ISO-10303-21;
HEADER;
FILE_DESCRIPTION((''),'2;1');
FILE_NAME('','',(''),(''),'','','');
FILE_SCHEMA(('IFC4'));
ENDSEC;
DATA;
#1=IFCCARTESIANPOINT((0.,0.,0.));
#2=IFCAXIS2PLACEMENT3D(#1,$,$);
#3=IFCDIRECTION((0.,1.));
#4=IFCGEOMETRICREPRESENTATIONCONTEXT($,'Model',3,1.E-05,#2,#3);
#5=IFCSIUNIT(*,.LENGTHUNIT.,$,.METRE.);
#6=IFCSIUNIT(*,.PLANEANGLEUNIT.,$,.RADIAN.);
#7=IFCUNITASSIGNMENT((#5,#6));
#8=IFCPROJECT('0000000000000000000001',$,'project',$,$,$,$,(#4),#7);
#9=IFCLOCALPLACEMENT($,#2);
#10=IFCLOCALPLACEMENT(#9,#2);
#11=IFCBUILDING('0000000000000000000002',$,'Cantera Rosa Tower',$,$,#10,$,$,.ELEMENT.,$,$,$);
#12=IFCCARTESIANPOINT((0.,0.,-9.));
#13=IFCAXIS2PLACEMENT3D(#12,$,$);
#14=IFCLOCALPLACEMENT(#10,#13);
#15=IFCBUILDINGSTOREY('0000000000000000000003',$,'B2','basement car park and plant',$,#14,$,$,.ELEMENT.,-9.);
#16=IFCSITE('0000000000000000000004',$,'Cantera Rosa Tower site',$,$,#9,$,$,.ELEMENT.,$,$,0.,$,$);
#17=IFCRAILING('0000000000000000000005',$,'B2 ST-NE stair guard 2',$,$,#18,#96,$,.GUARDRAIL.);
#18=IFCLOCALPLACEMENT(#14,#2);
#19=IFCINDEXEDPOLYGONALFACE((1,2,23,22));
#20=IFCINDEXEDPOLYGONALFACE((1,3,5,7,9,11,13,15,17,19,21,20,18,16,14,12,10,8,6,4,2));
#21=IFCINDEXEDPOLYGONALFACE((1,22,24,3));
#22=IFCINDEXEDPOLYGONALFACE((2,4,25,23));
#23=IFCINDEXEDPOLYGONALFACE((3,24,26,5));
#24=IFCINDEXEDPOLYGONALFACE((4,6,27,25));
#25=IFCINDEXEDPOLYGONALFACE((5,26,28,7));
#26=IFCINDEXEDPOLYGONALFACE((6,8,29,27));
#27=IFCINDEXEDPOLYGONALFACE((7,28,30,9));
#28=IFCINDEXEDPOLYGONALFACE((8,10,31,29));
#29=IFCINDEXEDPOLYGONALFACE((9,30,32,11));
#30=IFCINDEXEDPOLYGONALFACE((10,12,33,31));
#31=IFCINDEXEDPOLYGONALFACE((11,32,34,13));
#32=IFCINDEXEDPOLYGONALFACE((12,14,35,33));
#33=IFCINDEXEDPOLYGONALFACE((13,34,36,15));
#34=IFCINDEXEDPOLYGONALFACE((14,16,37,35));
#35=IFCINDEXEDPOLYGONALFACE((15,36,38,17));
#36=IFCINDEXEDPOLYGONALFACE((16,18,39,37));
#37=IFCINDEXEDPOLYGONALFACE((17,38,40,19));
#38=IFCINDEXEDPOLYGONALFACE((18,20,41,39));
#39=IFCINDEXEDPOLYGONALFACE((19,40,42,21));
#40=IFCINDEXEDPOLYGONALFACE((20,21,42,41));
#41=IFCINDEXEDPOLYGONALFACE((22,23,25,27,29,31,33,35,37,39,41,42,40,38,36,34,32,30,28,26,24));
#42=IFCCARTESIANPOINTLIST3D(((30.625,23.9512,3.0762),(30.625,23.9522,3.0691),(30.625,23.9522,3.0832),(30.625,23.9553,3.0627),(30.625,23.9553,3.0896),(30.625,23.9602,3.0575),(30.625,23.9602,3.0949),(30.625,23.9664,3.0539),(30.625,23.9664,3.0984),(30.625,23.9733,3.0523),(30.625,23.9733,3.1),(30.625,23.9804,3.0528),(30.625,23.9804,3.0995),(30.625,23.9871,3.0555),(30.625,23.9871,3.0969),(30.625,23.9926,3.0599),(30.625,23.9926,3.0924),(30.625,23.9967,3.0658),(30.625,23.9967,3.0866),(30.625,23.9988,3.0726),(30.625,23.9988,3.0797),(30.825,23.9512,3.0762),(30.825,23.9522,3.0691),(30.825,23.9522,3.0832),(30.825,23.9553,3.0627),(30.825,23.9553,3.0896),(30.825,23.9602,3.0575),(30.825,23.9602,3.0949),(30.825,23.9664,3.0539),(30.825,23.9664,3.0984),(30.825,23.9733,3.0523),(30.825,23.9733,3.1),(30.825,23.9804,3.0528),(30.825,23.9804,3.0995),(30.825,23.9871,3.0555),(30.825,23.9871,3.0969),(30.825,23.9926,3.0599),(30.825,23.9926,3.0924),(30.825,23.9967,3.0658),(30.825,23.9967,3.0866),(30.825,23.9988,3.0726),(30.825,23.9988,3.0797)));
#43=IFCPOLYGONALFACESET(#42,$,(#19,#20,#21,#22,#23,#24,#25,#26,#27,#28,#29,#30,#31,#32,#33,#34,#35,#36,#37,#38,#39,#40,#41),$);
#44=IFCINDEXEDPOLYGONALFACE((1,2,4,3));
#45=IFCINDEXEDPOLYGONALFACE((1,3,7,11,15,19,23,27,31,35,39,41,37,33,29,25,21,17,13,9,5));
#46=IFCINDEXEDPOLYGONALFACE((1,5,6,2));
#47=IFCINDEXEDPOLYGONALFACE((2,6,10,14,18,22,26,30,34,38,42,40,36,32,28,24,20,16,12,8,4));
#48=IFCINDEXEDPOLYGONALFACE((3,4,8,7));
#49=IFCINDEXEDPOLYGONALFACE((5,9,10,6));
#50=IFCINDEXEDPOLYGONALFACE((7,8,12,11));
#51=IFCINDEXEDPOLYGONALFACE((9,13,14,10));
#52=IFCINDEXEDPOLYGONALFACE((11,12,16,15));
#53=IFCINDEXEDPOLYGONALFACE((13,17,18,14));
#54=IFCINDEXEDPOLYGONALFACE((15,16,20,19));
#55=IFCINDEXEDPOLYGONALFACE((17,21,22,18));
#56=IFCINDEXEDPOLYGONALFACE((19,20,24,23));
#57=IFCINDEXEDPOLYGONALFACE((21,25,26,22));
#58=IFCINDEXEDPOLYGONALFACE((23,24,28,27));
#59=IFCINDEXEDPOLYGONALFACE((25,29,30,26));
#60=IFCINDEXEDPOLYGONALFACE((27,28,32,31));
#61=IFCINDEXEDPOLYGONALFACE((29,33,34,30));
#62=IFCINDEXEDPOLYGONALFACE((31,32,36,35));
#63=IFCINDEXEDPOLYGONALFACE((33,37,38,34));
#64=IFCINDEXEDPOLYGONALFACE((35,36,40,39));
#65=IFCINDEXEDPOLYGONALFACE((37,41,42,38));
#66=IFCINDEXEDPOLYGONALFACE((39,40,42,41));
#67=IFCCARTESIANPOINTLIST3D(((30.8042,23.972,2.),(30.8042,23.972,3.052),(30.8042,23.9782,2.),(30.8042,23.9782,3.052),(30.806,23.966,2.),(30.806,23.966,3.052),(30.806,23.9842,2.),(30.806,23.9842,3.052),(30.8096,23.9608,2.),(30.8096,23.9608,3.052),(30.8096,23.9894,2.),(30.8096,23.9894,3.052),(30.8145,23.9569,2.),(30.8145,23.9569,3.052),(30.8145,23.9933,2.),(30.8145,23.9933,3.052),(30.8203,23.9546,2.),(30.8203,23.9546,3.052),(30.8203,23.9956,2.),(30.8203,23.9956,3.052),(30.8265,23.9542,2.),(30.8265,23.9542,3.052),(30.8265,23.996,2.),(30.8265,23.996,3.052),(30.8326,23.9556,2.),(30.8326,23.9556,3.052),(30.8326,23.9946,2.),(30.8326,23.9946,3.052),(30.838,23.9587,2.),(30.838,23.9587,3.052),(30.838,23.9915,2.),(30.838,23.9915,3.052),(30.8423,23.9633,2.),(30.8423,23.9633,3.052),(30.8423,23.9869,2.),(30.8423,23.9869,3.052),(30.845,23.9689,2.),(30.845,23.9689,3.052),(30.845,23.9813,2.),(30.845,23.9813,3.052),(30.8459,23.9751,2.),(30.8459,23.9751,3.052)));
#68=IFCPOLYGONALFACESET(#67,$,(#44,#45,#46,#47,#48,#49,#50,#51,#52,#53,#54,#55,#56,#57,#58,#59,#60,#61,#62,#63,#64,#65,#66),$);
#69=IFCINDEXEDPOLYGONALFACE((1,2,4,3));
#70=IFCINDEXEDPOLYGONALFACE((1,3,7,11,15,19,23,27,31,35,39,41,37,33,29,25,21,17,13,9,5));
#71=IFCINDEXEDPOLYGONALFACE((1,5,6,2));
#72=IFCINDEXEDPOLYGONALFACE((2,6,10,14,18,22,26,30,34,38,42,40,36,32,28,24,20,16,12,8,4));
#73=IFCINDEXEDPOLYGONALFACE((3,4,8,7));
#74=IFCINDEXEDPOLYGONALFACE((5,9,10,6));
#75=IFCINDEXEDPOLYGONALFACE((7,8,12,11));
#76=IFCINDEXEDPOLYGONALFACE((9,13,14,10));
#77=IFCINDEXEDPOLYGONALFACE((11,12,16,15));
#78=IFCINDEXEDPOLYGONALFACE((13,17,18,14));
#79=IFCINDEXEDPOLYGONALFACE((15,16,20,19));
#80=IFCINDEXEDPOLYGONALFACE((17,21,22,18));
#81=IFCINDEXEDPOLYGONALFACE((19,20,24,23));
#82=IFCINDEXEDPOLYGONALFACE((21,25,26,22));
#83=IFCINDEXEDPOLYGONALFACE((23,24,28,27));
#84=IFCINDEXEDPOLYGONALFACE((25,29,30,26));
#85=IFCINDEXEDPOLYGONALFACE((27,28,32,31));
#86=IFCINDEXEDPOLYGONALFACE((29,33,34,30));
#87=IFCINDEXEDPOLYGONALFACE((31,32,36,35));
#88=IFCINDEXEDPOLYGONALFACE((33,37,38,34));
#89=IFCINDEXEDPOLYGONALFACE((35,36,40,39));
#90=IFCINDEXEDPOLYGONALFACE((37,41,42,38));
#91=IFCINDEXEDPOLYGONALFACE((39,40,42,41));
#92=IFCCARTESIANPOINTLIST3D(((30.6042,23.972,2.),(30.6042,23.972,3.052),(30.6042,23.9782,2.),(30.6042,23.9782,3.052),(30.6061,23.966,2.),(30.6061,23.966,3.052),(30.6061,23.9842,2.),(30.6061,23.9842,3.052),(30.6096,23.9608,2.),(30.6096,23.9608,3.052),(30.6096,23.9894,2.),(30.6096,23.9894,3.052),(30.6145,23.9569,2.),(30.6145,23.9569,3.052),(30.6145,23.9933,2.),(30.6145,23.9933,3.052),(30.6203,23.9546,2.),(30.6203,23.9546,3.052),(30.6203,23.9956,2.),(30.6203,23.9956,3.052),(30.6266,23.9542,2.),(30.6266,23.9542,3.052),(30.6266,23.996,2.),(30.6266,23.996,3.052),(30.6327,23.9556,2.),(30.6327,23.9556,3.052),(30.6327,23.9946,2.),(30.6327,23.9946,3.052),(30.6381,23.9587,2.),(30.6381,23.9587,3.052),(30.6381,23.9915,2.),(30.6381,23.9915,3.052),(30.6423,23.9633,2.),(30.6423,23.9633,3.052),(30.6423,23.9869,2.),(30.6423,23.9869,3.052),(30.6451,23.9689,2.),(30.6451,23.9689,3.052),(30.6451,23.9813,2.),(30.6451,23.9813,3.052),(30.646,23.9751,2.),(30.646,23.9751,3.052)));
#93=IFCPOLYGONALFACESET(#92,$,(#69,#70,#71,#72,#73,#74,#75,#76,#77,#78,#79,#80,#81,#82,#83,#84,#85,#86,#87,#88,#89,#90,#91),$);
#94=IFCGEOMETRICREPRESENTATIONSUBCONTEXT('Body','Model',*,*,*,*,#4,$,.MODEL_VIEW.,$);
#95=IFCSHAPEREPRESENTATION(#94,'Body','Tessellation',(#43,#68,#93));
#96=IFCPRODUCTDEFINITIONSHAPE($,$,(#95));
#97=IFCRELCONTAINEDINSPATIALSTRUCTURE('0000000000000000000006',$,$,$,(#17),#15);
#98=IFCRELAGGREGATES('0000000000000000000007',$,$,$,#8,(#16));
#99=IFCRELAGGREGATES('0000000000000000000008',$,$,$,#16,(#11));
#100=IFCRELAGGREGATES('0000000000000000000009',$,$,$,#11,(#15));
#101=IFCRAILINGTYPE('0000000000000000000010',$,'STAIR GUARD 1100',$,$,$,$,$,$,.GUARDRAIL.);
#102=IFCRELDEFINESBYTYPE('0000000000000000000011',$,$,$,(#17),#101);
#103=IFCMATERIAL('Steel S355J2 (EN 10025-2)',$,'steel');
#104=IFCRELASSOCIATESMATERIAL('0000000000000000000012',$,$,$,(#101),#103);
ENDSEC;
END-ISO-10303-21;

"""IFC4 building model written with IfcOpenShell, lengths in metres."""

from ifc_helpers import new_model, si_unit, direction, frame, origin, origin_2d, place, context, subcontext, project, spatial, circle, extrude, material, type_object, element, save


model = new_model("IFC4")

# Units and contexts
model_context = context("Model", 3, precision=1e-05, world=origin(), true_north=direction((0.0, 1.0)))
body_context = subcontext(model_context, "Body", "Model", "MODEL_VIEW")
ifc_project = project(units=[si_unit("LENGTHUNIT", "METRE"), si_unit("PLANEANGLEUNIT", "RADIAN")], contexts=[model_context])

# Site, building, storey
site_placement = place(None, origin())
site = spatial("IfcSite", under=ifc_project, at=site_placement, Name="Cantera Rosa Tower site", CompositionType="ELEMENT", RefElevation=0.0)
building_placement = place(site_placement, origin())
building = spatial("IfcBuilding", under=site, at=building_placement, Name="Cantera Rosa Tower", CompositionType="ELEMENT")
storey_placement = place(building_placement, frame((0.0, 0.0, -9.0)))
storey = spatial("IfcBuildingStorey", under=building, at=storey_placement, Name="B2", Description="basement car park and plant", CompositionType="ELEMENT", Elevation=-9.0)

# Railing
ifc_material_1 = material(Name="Steel S355J2 (EN 10025-2)", Category="steel")
railing_type_1 = type_object("IfcRailingType", Name="STAIR GUARD 1100", PredefinedType="GUARDRAIL", material=ifc_material_1)
railing_1_placement = place(storey_placement, frame((30.825, 23.9751, 2.0)))
element("IfcRailing", 1, at=railing_1_placement, inside=storey, type_object=railing_type_1, Name="B2 ST-NE stair guard 2", PredefinedType="GUARDRAIL", context=body_context, shape_type="SweptSolid", body=[
    extrude(circle(Radius=0.0239, at=origin_2d()), frame((0.0, 0.0, 1.0762), z_axis=(-1.0, 0.0, 0.0), x_axis=(0.0, -1.0, 0.0)), (0.0, 0.0, 1.0), 0.2),
    extrude(circle(Radius=0.021, at=origin_2d()), origin(), (0.0, 0.0, 1.0), 1.052),
    extrude(circle(Radius=0.021, at=origin_2d()), frame((-0.2, 0.0, 0.0)), (0.0, 0.0, 1.0), 1.052),
])

save(model, "model.ifc")
